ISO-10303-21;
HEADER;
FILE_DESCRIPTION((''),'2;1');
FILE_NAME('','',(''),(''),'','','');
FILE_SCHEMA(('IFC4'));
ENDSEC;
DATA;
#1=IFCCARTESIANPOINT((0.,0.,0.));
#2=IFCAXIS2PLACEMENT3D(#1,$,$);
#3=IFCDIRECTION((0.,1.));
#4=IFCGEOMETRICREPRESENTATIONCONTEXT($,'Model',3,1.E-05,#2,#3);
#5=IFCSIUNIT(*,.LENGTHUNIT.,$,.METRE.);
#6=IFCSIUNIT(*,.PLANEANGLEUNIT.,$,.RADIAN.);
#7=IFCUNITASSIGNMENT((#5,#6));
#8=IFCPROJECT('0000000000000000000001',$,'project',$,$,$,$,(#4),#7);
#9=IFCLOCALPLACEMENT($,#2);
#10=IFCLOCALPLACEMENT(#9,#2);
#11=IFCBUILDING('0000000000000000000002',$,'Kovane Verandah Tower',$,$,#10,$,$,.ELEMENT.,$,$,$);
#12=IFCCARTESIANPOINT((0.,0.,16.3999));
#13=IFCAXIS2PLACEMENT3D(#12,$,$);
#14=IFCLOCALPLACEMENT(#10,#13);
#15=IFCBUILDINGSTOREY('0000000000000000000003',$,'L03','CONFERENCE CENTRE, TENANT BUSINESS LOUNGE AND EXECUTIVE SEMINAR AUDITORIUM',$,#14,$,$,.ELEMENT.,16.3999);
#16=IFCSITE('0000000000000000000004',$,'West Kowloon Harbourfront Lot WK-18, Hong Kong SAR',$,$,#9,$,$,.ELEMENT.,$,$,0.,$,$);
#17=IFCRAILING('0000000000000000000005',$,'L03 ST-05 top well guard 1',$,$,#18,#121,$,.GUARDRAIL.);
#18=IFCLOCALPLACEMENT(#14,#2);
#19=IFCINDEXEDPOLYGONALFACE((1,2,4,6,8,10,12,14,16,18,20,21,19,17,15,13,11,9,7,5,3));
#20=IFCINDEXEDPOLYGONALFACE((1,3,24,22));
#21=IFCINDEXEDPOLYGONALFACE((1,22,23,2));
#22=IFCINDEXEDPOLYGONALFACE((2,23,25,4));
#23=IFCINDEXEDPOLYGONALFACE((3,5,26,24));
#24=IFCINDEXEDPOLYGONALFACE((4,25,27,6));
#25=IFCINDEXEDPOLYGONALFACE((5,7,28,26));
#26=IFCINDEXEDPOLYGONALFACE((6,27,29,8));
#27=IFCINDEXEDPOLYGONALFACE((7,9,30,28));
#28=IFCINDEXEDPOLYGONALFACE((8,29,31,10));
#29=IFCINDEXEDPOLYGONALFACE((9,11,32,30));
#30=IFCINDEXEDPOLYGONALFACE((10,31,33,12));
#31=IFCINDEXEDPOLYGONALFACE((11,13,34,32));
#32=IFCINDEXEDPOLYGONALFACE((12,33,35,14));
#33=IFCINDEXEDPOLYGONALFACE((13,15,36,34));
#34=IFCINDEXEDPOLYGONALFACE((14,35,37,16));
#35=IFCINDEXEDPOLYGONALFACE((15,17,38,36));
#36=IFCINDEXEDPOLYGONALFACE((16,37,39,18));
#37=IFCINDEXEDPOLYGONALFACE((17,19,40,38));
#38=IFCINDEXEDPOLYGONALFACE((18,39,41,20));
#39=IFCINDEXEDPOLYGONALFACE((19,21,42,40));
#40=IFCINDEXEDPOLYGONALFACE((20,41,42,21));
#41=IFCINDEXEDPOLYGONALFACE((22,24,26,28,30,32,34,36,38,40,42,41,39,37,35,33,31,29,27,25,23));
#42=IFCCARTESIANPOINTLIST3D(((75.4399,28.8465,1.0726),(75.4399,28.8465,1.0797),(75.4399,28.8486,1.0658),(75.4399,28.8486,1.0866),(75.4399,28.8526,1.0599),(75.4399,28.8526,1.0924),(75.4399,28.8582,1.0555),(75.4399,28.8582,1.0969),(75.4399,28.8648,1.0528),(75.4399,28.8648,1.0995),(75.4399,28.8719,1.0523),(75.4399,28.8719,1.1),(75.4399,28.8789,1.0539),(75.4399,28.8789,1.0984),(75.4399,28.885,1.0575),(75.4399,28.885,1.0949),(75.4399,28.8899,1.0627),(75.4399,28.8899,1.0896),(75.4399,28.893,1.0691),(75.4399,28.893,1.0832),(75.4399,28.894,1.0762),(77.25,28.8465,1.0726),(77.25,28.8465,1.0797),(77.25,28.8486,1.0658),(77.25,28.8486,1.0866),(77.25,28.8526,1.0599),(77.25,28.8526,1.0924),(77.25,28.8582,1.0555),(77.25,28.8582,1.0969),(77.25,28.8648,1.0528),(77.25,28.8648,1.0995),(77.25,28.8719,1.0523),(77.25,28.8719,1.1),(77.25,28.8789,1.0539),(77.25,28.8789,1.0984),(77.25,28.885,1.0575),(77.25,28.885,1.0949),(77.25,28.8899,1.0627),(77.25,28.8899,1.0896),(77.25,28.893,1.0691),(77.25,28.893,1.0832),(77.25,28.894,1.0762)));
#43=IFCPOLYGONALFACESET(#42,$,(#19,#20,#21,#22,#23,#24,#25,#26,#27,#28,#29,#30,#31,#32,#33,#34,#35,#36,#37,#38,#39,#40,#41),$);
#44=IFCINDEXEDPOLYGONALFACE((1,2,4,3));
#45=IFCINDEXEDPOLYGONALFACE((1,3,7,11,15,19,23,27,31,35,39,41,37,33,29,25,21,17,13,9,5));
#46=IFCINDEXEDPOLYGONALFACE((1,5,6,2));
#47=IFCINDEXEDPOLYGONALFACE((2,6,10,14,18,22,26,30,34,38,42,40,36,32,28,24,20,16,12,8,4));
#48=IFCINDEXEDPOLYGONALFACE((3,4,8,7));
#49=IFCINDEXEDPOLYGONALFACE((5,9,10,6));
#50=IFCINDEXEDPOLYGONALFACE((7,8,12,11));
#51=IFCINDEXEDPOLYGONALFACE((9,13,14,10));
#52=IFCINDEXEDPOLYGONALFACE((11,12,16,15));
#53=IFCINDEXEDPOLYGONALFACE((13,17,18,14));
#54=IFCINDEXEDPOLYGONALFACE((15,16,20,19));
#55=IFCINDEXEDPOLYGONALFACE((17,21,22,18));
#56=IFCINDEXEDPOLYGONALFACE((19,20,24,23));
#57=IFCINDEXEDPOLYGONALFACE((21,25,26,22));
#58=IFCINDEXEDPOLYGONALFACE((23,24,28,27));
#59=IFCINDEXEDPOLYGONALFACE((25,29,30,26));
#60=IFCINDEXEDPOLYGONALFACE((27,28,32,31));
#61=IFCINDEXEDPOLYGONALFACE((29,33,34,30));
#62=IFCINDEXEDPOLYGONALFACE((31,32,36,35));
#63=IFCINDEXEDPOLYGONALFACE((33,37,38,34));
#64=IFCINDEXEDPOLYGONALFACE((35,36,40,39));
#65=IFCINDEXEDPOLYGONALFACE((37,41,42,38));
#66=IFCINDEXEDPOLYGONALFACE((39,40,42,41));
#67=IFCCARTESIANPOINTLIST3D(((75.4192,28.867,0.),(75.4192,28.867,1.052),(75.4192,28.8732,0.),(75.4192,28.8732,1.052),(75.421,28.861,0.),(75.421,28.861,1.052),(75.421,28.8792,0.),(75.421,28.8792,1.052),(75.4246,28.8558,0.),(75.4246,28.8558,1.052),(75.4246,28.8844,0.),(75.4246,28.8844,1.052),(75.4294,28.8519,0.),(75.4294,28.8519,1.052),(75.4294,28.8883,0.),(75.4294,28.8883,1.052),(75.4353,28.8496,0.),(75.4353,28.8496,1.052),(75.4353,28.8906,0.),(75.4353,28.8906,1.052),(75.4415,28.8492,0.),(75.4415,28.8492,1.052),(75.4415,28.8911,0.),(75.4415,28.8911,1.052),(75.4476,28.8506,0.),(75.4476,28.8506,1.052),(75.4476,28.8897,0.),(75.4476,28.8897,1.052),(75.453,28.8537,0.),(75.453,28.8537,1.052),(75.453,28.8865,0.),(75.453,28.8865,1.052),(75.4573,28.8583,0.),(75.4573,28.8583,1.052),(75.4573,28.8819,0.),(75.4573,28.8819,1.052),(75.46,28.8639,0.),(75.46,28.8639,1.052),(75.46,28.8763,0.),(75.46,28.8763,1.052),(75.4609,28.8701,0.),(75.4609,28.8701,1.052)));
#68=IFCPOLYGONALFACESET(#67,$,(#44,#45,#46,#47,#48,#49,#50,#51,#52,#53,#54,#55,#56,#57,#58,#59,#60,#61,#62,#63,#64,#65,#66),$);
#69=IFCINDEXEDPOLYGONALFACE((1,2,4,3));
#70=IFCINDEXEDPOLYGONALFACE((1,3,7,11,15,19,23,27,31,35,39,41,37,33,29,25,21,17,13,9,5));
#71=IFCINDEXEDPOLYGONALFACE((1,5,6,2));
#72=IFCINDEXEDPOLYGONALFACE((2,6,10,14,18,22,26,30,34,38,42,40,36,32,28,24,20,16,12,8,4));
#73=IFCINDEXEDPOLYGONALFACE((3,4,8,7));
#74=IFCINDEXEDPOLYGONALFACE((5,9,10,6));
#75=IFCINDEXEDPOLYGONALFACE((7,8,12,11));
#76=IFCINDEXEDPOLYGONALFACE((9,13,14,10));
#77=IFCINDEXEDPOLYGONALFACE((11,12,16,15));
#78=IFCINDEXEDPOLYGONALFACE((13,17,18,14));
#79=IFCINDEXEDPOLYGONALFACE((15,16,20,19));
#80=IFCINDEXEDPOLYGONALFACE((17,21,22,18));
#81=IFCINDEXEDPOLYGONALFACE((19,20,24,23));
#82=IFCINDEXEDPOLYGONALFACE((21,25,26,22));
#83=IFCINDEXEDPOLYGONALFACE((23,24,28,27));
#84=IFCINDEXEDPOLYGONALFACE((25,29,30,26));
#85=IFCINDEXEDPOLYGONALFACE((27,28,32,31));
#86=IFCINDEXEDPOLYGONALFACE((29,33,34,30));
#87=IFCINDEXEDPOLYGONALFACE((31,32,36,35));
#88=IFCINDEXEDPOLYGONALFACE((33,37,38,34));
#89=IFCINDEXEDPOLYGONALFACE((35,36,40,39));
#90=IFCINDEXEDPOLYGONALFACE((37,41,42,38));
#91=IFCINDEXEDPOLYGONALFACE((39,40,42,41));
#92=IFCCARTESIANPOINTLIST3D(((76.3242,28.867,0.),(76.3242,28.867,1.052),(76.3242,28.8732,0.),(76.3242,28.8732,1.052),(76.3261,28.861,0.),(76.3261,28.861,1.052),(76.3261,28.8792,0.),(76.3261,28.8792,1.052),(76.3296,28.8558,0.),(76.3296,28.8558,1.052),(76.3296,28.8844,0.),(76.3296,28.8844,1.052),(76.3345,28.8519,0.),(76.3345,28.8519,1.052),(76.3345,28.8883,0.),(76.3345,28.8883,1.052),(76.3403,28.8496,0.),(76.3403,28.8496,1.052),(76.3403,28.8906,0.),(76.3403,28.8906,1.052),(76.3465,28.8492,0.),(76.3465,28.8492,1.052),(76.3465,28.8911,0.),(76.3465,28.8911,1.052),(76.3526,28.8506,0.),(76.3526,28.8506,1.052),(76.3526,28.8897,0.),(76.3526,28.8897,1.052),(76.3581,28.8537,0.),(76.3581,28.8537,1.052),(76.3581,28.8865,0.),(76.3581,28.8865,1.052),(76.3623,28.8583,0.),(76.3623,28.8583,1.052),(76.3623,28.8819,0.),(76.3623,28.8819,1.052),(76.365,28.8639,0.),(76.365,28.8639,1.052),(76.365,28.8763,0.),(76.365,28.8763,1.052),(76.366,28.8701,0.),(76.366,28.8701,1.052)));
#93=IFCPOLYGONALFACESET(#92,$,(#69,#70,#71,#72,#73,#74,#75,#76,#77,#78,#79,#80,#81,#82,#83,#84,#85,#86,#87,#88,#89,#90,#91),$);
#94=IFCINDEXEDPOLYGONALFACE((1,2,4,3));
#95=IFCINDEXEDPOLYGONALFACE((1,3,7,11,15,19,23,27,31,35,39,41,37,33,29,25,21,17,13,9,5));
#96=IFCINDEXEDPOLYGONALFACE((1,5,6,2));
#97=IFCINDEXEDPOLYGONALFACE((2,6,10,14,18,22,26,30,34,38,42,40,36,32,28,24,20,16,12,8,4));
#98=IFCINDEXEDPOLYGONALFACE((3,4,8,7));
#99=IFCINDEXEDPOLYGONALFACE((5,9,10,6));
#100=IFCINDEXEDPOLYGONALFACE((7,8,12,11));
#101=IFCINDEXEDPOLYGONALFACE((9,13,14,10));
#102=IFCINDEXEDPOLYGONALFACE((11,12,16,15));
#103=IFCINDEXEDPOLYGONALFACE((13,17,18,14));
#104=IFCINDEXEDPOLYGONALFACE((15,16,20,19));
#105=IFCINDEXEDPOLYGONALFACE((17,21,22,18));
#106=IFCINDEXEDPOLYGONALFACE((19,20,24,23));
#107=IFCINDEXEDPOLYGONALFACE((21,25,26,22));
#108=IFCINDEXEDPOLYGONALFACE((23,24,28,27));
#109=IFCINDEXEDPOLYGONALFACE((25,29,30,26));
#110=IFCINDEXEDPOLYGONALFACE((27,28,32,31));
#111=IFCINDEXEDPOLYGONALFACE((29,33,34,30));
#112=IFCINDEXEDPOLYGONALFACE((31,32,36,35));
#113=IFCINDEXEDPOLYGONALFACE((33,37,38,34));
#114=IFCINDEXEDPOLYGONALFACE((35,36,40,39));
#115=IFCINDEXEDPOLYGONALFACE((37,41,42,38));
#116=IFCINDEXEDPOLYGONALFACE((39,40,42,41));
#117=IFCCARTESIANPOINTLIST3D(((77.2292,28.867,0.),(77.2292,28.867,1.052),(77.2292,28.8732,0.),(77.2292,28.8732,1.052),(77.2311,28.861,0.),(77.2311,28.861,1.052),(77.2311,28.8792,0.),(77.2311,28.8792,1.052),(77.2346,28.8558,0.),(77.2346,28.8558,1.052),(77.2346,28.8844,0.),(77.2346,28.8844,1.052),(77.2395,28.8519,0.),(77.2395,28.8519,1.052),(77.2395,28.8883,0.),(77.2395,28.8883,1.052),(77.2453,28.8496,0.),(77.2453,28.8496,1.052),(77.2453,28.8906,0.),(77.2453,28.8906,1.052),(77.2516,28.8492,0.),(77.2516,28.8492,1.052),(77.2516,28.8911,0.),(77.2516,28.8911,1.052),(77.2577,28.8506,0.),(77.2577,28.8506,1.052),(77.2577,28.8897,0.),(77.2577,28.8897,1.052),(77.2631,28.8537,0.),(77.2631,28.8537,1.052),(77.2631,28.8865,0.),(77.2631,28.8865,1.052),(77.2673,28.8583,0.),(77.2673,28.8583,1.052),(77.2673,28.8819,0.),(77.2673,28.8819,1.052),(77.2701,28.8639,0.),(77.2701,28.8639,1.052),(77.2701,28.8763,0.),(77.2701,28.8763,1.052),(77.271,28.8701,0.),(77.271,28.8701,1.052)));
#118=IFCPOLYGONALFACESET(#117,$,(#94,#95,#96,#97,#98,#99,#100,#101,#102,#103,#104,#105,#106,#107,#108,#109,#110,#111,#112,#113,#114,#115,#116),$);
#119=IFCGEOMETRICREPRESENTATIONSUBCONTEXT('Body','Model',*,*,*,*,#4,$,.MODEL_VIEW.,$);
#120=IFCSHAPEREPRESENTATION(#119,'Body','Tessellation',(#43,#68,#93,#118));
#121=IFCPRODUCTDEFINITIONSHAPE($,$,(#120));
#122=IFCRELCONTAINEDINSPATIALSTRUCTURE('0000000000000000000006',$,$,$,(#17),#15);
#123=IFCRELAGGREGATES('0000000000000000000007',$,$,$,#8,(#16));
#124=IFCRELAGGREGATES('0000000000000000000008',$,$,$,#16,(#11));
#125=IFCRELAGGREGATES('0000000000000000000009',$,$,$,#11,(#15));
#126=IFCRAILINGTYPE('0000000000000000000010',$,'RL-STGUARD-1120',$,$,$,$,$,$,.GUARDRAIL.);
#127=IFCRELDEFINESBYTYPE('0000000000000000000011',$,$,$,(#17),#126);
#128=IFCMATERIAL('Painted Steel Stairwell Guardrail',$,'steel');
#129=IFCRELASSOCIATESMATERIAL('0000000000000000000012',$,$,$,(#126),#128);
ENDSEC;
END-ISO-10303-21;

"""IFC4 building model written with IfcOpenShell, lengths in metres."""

from ifc_helpers import new_model, si_unit, direction, frame, origin, origin_2d, place, context, subcontext, project, spatial, circle, extrude, material, type_object, element, save


model = new_model("IFC4")

# Units and contexts
model_context = context("Model", 3, precision=1e-05, world=origin(), true_north=direction((0.0, 1.0)))
body_context = subcontext(model_context, "Body", "Model", "MODEL_VIEW")
ifc_project = project(units=[si_unit("LENGTHUNIT", "METRE"), si_unit("PLANEANGLEUNIT", "RADIAN")], contexts=[model_context])

# Site, building, storey
site_placement = place(None, origin())
site = spatial("IfcSite", under=ifc_project, at=site_placement, Name="West Kowloon Harbourfront Lot WK-18, Hong Kong SAR", CompositionType="ELEMENT", RefElevation=0.0)
building_placement = place(site_placement, origin())
building = spatial("IfcBuilding", under=site, at=building_placement, Name="Kovane Verandah Tower", CompositionType="ELEMENT")
storey_placement = place(building_placement, frame((0.0, 0.0, 16.3999)))
storey = spatial("IfcBuildingStorey", under=building, at=storey_placement, Name="L03", Description="CONFERENCE CENTRE, TENANT BUSINESS LOUNGE AND EXECUTIVE SEMINAR AUDITORIUM", CompositionType="ELEMENT", Elevation=16.3999)

# Railing
ifc_material_1 = material(Name="Painted Steel Stairwell Guardrail", Category="steel")
railing_type = type_object("IfcRailingType", Name="RL-STGUARD-1120", PredefinedType="GUARDRAIL", material=ifc_material_1)
railing_placement = place(storey_placement, frame((75.4399, 28.8701, 0.0)))
element("IfcRailing", 1, at=railing_placement, inside=storey, type_object=railing_type, Name="L03 ST-05 top well guard 1", PredefinedType="GUARDRAIL", context=body_context, shape_type="SweptSolid", body=[
    extrude(circle(Radius=0.0239, at=origin_2d()), frame((0.0, 0.0, 1.0762), z_axis=(1.0, 0.0, 0.0), x_axis=(0.0, 1.0, 0.0)), (0.0, 0.0, 1.0), 1.8101),
    extrude(circle(Radius=0.021, at=origin_2d()), origin(), (0.0, 0.0, 1.0), 1.052),
    extrude(circle(Radius=0.021, at=origin_2d()), frame((0.905, 0.0, 0.0)), (0.0, 0.0, 1.0), 1.052),
    extrude(circle(Radius=0.021, at=origin_2d()), frame((1.8101, 0.0, 0.0)), (0.0, 0.0, 1.0), 1.052),
])

save(model, "model.ifc")
